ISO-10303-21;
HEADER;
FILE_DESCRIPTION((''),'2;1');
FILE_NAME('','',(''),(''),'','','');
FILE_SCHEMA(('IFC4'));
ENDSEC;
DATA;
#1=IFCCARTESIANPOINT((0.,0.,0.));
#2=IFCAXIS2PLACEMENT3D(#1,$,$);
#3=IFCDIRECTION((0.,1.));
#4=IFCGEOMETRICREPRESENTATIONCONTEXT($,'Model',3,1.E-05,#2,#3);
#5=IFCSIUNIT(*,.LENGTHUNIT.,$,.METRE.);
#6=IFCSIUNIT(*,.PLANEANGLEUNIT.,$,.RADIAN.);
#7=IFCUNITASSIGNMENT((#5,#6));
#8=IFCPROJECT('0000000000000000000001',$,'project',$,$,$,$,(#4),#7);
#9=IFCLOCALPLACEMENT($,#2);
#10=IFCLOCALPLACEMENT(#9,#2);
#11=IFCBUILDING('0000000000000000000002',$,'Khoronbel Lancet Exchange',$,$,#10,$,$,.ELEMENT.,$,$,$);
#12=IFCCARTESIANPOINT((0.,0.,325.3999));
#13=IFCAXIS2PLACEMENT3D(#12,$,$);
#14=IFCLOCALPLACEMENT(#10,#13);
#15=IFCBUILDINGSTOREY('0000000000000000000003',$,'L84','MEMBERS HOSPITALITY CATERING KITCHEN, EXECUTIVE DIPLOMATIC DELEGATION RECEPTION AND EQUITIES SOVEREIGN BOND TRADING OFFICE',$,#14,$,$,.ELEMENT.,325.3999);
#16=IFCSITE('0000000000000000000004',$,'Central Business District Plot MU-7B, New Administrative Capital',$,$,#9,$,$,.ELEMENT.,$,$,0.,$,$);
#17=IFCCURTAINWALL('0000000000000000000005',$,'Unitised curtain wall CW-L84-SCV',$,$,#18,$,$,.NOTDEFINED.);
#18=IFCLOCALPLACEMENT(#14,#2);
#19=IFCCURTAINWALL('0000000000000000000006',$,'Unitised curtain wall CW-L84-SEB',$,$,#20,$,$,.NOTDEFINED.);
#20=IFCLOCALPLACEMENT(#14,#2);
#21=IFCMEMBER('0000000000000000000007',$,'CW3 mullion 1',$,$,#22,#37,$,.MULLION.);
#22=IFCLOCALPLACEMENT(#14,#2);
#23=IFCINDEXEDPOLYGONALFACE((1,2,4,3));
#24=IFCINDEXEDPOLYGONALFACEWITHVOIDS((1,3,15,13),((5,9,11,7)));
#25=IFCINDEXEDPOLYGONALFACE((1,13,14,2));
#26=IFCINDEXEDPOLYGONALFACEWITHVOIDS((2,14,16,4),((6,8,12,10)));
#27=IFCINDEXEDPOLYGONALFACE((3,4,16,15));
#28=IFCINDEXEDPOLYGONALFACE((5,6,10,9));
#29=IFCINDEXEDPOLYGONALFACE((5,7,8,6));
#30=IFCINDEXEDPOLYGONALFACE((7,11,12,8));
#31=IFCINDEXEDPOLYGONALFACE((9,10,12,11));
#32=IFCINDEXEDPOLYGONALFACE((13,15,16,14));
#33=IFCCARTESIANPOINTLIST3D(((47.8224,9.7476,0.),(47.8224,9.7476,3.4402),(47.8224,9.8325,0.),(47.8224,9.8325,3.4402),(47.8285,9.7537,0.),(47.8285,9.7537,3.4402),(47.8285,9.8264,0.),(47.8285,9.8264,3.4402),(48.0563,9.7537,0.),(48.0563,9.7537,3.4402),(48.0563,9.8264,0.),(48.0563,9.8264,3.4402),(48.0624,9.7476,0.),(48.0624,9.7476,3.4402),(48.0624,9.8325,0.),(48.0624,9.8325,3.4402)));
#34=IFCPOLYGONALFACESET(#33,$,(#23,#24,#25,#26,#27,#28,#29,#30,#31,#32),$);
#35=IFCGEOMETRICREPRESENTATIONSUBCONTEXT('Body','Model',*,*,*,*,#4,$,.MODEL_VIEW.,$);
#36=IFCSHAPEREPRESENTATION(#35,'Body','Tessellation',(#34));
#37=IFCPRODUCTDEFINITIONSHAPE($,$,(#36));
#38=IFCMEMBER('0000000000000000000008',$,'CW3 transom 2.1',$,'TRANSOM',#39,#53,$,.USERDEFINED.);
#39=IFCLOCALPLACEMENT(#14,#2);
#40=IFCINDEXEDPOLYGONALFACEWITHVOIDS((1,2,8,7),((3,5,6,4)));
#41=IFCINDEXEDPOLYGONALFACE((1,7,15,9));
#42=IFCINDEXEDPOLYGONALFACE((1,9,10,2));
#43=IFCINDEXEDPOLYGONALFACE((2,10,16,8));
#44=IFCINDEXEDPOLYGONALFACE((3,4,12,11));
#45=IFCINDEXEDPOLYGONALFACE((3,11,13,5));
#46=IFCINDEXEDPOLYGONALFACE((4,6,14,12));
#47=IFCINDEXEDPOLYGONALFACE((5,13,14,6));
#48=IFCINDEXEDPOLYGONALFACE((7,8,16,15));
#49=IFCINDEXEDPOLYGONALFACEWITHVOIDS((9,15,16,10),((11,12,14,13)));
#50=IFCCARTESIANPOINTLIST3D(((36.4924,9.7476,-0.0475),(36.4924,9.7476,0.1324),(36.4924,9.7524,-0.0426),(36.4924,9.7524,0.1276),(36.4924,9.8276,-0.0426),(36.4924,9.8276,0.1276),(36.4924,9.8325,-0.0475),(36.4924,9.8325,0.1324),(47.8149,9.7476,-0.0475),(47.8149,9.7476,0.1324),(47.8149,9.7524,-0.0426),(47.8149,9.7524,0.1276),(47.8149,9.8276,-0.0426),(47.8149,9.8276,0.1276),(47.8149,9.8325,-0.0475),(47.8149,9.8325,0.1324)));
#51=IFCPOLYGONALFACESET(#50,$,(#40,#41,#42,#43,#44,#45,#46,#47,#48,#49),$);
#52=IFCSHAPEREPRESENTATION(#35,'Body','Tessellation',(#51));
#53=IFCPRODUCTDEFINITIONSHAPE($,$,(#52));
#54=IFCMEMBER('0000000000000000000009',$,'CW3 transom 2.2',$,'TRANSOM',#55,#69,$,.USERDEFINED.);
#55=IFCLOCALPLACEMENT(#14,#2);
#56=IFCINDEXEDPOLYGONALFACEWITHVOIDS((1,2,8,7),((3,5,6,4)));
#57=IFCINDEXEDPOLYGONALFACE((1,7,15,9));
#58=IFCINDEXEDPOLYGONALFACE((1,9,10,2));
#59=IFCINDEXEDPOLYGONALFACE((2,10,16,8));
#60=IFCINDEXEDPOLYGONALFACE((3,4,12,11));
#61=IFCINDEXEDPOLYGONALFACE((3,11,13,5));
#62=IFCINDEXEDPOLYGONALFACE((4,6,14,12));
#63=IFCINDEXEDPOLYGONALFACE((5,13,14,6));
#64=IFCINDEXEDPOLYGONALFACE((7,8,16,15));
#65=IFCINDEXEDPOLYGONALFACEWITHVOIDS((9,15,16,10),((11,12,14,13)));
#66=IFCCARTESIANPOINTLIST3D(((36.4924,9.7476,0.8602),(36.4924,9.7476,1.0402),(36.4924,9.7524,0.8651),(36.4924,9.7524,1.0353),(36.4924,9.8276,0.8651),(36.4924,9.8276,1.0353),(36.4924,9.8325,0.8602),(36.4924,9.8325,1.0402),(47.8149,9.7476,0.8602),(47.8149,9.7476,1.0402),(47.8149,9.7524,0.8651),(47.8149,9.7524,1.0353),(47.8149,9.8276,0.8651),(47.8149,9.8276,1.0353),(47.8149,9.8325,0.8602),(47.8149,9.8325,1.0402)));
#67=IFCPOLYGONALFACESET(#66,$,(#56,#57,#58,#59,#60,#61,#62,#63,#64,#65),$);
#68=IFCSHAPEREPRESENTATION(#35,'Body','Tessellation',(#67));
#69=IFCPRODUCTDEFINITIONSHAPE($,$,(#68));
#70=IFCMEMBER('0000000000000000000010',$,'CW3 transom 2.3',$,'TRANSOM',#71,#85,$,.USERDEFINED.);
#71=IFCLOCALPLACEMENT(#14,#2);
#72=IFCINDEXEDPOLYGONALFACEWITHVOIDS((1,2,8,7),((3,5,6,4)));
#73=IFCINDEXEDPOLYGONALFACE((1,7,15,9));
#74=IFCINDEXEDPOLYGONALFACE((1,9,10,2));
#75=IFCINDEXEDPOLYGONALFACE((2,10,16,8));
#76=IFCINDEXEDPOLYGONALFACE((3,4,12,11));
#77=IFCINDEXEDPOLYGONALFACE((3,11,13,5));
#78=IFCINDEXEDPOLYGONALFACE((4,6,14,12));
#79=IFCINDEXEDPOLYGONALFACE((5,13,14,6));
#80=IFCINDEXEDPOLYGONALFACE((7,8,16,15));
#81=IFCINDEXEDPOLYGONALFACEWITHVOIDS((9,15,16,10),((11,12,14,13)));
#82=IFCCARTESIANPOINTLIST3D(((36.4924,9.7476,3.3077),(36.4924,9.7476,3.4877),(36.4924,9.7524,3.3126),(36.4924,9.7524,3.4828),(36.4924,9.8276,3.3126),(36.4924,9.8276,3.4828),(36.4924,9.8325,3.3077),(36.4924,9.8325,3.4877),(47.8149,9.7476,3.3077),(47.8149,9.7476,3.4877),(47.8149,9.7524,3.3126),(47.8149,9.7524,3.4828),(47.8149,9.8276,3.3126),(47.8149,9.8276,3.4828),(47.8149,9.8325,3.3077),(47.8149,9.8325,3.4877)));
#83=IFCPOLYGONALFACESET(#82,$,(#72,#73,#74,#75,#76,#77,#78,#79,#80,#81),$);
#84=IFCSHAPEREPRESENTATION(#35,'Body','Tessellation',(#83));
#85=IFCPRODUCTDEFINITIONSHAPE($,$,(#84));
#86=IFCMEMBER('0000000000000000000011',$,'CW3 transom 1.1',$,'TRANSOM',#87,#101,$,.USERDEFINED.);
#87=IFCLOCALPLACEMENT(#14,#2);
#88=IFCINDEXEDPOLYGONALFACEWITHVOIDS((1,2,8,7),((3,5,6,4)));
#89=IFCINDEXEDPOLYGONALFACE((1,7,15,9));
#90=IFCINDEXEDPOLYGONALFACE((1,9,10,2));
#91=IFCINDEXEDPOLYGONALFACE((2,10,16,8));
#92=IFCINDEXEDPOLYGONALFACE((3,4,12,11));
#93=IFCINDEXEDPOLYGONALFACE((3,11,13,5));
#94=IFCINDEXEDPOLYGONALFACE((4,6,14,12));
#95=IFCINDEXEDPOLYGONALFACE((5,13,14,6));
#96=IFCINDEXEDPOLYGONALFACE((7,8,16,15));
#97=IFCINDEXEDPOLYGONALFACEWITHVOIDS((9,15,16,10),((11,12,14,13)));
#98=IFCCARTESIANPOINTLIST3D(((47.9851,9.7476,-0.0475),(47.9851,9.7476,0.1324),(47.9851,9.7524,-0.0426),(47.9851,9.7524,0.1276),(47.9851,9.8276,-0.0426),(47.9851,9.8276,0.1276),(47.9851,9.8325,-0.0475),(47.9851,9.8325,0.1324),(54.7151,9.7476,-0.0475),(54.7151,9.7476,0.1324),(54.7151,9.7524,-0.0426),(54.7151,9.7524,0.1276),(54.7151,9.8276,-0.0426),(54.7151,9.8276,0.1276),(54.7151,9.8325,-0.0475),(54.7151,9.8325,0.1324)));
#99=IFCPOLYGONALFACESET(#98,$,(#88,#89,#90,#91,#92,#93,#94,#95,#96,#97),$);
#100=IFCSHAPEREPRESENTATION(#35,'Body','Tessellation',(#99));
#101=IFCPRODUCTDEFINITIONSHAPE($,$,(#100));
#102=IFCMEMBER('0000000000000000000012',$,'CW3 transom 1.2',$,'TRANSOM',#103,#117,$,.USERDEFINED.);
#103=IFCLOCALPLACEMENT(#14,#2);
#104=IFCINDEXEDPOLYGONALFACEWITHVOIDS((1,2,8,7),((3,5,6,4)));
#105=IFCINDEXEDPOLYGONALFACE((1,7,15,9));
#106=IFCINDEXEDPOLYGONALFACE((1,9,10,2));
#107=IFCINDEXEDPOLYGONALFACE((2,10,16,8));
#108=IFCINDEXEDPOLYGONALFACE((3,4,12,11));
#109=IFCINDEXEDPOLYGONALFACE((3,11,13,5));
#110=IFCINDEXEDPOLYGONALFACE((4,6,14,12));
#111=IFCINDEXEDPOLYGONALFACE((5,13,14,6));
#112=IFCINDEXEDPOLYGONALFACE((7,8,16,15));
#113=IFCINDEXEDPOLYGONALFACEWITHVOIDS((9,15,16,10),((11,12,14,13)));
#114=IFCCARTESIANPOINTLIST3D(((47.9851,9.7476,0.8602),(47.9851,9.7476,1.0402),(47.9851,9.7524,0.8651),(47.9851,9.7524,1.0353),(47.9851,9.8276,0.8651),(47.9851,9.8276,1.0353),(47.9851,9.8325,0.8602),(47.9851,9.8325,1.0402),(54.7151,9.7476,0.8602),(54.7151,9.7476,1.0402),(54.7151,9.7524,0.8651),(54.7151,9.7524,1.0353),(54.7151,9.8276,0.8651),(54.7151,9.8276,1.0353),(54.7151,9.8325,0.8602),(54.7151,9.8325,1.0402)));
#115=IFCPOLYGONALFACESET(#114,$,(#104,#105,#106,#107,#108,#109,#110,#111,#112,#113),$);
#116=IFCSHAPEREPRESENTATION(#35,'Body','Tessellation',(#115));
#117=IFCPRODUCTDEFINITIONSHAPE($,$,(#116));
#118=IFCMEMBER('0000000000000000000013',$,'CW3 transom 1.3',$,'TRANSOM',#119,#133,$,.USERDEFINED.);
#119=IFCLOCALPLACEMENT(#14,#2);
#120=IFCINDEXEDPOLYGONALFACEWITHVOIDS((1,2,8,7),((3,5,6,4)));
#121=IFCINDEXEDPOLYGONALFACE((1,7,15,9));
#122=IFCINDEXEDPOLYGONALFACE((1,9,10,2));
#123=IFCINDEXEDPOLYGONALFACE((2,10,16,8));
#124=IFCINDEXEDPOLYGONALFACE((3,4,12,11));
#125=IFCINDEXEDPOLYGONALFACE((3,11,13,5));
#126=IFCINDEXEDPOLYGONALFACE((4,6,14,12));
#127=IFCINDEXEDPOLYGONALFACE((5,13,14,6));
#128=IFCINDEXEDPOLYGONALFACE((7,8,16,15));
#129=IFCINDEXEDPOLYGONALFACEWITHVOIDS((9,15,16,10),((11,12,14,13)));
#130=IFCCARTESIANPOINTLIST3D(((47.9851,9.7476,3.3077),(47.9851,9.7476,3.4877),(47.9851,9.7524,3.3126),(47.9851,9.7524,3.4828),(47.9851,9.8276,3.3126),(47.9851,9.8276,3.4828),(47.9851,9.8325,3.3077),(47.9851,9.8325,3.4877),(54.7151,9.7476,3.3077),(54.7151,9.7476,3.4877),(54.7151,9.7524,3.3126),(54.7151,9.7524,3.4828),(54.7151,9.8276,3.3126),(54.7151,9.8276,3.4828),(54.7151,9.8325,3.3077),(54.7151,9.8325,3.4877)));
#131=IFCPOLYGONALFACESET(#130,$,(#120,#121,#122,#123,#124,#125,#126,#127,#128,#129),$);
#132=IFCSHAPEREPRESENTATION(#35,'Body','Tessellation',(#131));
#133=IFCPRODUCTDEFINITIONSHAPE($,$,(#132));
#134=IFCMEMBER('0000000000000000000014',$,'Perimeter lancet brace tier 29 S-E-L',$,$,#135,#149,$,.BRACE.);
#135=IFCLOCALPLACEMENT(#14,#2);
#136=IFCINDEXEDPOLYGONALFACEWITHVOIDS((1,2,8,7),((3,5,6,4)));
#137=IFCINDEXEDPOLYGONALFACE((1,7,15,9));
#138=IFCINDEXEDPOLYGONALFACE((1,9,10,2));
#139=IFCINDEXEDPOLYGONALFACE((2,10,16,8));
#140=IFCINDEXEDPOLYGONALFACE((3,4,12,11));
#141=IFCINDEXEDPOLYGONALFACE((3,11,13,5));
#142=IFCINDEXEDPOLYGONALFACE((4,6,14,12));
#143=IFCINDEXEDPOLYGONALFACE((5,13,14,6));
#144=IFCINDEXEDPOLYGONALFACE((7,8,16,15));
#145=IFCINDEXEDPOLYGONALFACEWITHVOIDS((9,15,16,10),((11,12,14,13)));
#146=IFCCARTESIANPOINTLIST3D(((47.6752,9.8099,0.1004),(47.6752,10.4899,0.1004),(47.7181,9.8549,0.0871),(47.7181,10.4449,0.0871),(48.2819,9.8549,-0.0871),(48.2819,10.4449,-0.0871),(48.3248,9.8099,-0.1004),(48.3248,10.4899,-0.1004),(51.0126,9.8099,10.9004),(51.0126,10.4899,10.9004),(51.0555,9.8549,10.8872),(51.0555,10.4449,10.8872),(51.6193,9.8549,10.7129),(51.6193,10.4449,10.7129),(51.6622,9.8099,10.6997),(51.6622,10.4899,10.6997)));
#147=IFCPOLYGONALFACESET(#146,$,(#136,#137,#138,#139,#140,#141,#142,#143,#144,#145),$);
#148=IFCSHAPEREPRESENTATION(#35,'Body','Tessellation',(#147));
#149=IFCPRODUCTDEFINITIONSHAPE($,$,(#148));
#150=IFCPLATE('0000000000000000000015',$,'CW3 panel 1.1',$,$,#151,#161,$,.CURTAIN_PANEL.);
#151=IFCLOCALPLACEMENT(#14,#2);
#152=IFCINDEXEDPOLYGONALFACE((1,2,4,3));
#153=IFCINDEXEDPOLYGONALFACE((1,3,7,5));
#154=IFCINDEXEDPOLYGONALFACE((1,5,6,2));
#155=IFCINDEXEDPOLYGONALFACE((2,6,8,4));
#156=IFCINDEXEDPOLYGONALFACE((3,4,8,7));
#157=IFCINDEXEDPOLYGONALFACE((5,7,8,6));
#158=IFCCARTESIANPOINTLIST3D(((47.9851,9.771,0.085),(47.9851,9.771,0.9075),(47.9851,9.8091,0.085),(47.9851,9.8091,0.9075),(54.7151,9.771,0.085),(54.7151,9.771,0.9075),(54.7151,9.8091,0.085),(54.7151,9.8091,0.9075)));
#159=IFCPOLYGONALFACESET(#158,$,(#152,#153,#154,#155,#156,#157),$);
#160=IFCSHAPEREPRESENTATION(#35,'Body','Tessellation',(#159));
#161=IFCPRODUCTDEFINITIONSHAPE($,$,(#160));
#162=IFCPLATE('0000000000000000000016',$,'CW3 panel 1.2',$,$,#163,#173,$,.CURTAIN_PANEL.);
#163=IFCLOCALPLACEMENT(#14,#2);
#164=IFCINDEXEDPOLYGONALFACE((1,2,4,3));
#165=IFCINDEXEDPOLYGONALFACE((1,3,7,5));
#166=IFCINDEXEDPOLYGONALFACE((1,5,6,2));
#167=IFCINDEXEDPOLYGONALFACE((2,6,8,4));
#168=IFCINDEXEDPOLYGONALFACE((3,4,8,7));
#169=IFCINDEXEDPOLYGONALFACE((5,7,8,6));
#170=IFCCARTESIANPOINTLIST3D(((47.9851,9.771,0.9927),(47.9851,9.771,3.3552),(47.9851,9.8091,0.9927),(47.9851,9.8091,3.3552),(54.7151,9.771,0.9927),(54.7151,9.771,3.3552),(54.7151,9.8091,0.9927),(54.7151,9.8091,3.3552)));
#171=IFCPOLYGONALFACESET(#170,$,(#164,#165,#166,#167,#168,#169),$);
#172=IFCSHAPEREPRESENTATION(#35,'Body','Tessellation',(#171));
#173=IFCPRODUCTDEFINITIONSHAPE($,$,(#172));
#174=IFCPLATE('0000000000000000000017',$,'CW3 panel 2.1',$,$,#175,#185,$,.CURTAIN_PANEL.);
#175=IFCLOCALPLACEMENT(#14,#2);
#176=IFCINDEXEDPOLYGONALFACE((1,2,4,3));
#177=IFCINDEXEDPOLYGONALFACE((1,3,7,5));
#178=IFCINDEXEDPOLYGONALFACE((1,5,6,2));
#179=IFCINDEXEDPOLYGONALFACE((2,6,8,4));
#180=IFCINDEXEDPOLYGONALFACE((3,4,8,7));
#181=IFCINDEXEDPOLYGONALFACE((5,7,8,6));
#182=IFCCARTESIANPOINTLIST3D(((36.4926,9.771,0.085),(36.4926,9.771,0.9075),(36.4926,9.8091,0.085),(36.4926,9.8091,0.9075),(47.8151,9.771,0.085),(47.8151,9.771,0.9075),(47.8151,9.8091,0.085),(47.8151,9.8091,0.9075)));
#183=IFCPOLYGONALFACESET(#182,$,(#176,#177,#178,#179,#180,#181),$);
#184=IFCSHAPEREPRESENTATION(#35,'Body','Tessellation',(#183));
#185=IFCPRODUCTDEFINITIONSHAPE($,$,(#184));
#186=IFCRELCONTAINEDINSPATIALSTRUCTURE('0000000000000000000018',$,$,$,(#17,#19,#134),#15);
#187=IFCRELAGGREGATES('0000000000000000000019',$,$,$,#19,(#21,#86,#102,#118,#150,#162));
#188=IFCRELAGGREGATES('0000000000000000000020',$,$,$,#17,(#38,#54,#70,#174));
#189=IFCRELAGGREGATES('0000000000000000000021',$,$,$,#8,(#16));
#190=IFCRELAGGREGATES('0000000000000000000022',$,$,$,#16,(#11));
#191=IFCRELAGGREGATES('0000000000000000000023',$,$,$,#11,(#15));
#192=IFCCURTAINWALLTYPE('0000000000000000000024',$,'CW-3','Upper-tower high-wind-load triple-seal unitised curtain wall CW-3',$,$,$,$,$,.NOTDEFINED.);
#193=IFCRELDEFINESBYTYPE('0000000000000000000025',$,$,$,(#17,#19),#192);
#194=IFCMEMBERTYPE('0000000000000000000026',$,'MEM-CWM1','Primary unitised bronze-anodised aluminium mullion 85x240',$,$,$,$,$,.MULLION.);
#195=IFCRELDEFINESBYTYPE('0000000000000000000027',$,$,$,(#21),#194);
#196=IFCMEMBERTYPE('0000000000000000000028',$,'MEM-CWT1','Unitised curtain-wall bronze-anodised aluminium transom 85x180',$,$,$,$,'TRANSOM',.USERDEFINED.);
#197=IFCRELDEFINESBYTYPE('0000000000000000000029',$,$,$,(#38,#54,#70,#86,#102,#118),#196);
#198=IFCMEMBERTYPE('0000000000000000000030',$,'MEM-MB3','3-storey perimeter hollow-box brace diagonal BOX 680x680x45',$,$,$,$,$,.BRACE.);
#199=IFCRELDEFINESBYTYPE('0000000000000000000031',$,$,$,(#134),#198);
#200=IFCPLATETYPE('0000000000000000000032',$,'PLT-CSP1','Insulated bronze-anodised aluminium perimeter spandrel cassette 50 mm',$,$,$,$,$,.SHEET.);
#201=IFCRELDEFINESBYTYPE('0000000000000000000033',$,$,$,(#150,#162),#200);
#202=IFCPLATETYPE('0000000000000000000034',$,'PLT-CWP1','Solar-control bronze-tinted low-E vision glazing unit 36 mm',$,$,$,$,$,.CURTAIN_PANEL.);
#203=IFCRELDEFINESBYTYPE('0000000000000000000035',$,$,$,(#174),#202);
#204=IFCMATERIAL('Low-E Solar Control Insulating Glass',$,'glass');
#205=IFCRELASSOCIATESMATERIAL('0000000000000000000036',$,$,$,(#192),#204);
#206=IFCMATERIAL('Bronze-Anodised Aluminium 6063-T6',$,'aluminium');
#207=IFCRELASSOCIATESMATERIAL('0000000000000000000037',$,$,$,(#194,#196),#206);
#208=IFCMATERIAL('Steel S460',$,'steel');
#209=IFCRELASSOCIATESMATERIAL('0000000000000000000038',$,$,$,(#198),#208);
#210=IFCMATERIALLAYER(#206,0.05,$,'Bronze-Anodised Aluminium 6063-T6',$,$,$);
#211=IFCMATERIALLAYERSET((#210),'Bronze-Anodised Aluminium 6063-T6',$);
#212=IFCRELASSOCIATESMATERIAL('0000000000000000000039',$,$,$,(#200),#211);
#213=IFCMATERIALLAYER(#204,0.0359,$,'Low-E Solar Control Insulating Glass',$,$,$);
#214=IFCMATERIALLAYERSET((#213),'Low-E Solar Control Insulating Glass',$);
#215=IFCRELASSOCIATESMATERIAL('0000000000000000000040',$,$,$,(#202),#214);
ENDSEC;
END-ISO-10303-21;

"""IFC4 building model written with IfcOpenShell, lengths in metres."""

from ifc_helpers import new_model, si_unit, direction, frame, origin, origin_2d, place, context, subcontext, project, spatial, rectangle, hollow_rectangle, extrude, material, layer, layer_set, material_profile, profile_set, type_object, element, aggregate, save


model = new_model("IFC4")

# Units and contexts
model_context = context("Model", 3, precision=1e-05, world=origin(), true_north=direction((0.0, 1.0)))
body_context = subcontext(model_context, "Body", "Model", "MODEL_VIEW")
ifc_project = project(units=[si_unit("LENGTHUNIT", "METRE"), si_unit("PLANEANGLEUNIT", "RADIAN")], contexts=[model_context])

# Site, building, storey
site_placement = place(None, origin())
site = spatial("IfcSite", under=ifc_project, at=site_placement, Name="Central Business District Plot MU-7B, New Administrative Capital", CompositionType="ELEMENT", RefElevation=0.0)
building_placement = place(site_placement, origin())
building = spatial("IfcBuilding", under=site, at=building_placement, Name="Khoronbel Lancet Exchange", CompositionType="ELEMENT")
storey_placement = place(building_placement, frame((0.0, 0.0, 325.3999)))
storey = spatial("IfcBuildingStorey", under=building, at=storey_placement, Name="L84", Description="MEMBERS HOSPITALITY CATERING KITCHEN, EXECUTIVE DIPLOMATIC DELEGATION RECEPTION AND EQUITIES SOVEREIGN BOND TRADING OFFICE", CompositionType="ELEMENT", Elevation=325.3999)

# Shared definitions
ifc_material_1 = material(Name="Steel S460", Category="steel")

# Curtain wall
ifc_material_2 = material(Name="Low-E Solar Control Insulating Glass", Category="glass")
curtain_wall_type = type_object("IfcCurtainWallType", Name="CW-3", Description="Upper-tower high-wind-load triple-seal unitised curtain wall CW-3", PredefinedType="NOTDEFINED", material=ifc_material_2)
curtain_wall_1_placement = place(storey_placement, origin())
curtain_wall_1 = element("IfcCurtainWall", 1, at=curtain_wall_1_placement, inside=storey, type_object=curtain_wall_type, Name="Unitised curtain wall CW-L84-SCV", PredefinedType="NOTDEFINED")
ifc_material_3 = material(Name="Bronze-Anodised Aluminium 6063-T6", Category="aluminium")
ifc_material_profile_1 = material_profile(ifc_material_3, hollow_rectangle(XDim=0.085, YDim=0.24, WallThickness=0.0061, at=origin_2d()), Name="ALU MULLION 85x240")
ifc_profile_set_1 = profile_set([ifc_material_profile_1], Name="Bronze-Anodised Aluminium 6063-T6")
member_type_1 = type_object("IfcMemberType", Name="MEM-CWM1", Description="Primary unitised bronze-anodised aluminium mullion 85x240", PredefinedType="MULLION", material=ifc_profile_set_1)

# Curtain wall, member
curtain_wall_2_placement = place(storey_placement, origin())
curtain_wall_2 = element("IfcCurtainWall", 2, at=curtain_wall_2_placement, inside=storey, type_object=curtain_wall_type, Name="Unitised curtain wall CW-L84-SEB", PredefinedType="NOTDEFINED")
member_1_placement = place(storey_placement, frame((47.9424, 9.79, 0.0), z_axis=(0.0, 0.0, 1.0), x_axis=(0.0, 1.0, 0.0)))
member_1 = element("IfcMember", 3, at=member_1_placement, type_object=member_type_1, Name="CW3 mullion 1", PredefinedType="MULLION", context=body_context, shape_type="SweptSolid", body=[
    extrude(hollow_rectangle(XDim=0.085, YDim=0.24, WallThickness=0.0061, at=origin_2d()), origin(), (0.0, 0.0, 1.0), 3.4402),
])

# Members
ifc_material_profile_2 = material_profile(ifc_material_3, hollow_rectangle(XDim=0.085, YDim=0.1799, WallThickness=0.0049, at=origin_2d()), Name="ALU TRANSOM 85x180")
ifc_profile_set_2 = profile_set([ifc_material_profile_2], Name="Bronze-Anodised Aluminium 6063-T6")
member_type_2 = type_object("IfcMemberType", Name="MEM-CWT1", Description="Unitised curtain-wall bronze-anodised aluminium transom 85x180", ElementType="TRANSOM", PredefinedType="USERDEFINED", material=ifc_profile_set_2)
member_2_placement = place(storey_placement, frame((36.4924, 9.79, 0.0425), z_axis=(1.0, 0.0, 0.0), x_axis=(0.0, 1.0, 0.0)))
member_2 = element("IfcMember", 4, at=member_2_placement, type_object=member_type_2, Name="CW3 transom 2.1", ObjectType="TRANSOM", PredefinedType="USERDEFINED", context=body_context, shape_type="SweptSolid", body=[
    extrude(hollow_rectangle(XDim=0.085, YDim=0.1799, WallThickness=0.0049, at=origin_2d()), origin(), (0.0, 0.0, 1.0), 11.3225),
])
member_3_placement = place(storey_placement, frame((36.4924, 9.79, 0.9502), z_axis=(1.0, 0.0, 0.0), x_axis=(0.0, 1.0, 0.0)))
member_3 = element("IfcMember", 5, at=member_3_placement, type_object=member_type_2, Name="CW3 transom 2.2", ObjectType="TRANSOM", PredefinedType="USERDEFINED", context=body_context, shape_type="SweptSolid", body=[
    extrude(hollow_rectangle(XDim=0.085, YDim=0.1799, WallThickness=0.0049, at=origin_2d()), origin(), (0.0, 0.0, 1.0), 11.3225),
])
member_4_placement = place(storey_placement, frame((36.4924, 9.79, 3.3977), z_axis=(1.0, 0.0, 0.0), x_axis=(0.0, 1.0, 0.0)))
member_4 = element("IfcMember", 6, at=member_4_placement, type_object=member_type_2, Name="CW3 transom 2.3", ObjectType="TRANSOM", PredefinedType="USERDEFINED", context=body_context, shape_type="SweptSolid", body=[
    extrude(hollow_rectangle(XDim=0.085, YDim=0.1799, WallThickness=0.0049, at=origin_2d()), origin(), (0.0, 0.0, 1.0), 11.3225),
])
member_5_placement = place(storey_placement, frame((47.9851, 9.79, 0.0425), z_axis=(1.0, 0.0, 0.0), x_axis=(0.0, 1.0, 0.0)))
member_5 = element("IfcMember", 7, at=member_5_placement, type_object=member_type_2, Name="CW3 transom 1.1", ObjectType="TRANSOM", PredefinedType="USERDEFINED", context=body_context, shape_type="SweptSolid", body=[
    extrude(hollow_rectangle(XDim=0.085, YDim=0.1799, WallThickness=0.0049, at=origin_2d()), origin(), (0.0, 0.0, 1.0), 6.73),
])
member_6_placement = place(storey_placement, frame((47.9851, 9.79, 0.9502), z_axis=(1.0, 0.0, 0.0), x_axis=(0.0, 1.0, 0.0)))
member_6 = element("IfcMember", 8, at=member_6_placement, type_object=member_type_2, Name="CW3 transom 1.2", ObjectType="TRANSOM", PredefinedType="USERDEFINED", context=body_context, shape_type="SweptSolid", body=[
    extrude(hollow_rectangle(XDim=0.085, YDim=0.1799, WallThickness=0.0049, at=origin_2d()), origin(), (0.0, 0.0, 1.0), 6.73),
])
member_7_placement = place(storey_placement, frame((47.9851, 9.79, 3.3977), z_axis=(1.0, 0.0, 0.0), x_axis=(0.0, 1.0, 0.0)))
member_7 = element("IfcMember", 9, at=member_7_placement, type_object=member_type_2, Name="CW3 transom 1.3", ObjectType="TRANSOM", PredefinedType="USERDEFINED", context=body_context, shape_type="SweptSolid", body=[
    extrude(hollow_rectangle(XDim=0.085, YDim=0.1799, WallThickness=0.0049, at=origin_2d()), origin(), (0.0, 0.0, 1.0), 6.73),
])
ifc_material_profile_3 = material_profile(ifc_material_1, hollow_rectangle(XDim=0.6799, YDim=0.6799, WallThickness=0.0449, at=origin_2d()), Name="BOX 680x680x45")
ifc_profile_set_3 = profile_set([ifc_material_profile_3], Name="Steel S460")
member_type_3 = type_object("IfcMemberType", Name="MEM-MB3", Description="3-storey perimeter hollow-box brace diagonal BOX 680x680x45", PredefinedType="BRACE", material=ifc_profile_set_3)
member_8_placement = place(storey_placement, frame((48.0, 10.1499, 0.0), z_axis=(0.295242, 0.0, 0.955422), x_axis=(0.0, 1.0, 0.0)))
element("IfcMember", 10, at=member_8_placement, inside=storey, type_object=member_type_3, Name="Perimeter lancet brace tier 29 S-E-L", PredefinedType="BRACE", context=body_context, shape_type="SweptSolid", body=[
    extrude(hollow_rectangle(XDim=0.6799, YDim=0.6799, WallThickness=0.0449, at=origin_2d()), origin(), (0.0, 0.0, 1.0), 11.304),
])

# Plates
ifc_layer_1 = layer(ifc_material_3, 0.05, Name="Bronze-Anodised Aluminium 6063-T6")
ifc_layer_set_1 = layer_set([ifc_layer_1], Name="Bronze-Anodised Aluminium 6063-T6")
plate_type_1 = type_object("IfcPlateType", Name="PLT-CSP1", Description="Insulated bronze-anodised aluminium perimeter spandrel cassette 50 mm", PredefinedType="SHEET", material=ifc_layer_set_1)
plate_1_placement = place(storey_placement, frame((51.3501, 9.79, 0.085), z_axis=(0.0, 0.0, 1.0), x_axis=(1.0, 0.0, 0.0)))
plate_1 = element("IfcPlate", 11, at=plate_1_placement, type_object=plate_type_1, Name="CW3 panel 1.1", PredefinedType="CURTAIN_PANEL", context=body_context, shape_type="SweptSolid", body=[
    extrude(rectangle(XDim=6.73, YDim=0.0381, at=origin_2d()), origin(), (0.0, 0.0, 1.0), 0.8225),
])
plate_2_placement = place(storey_placement, frame((51.3501, 9.79, 0.9927), z_axis=(0.0, 0.0, 1.0), x_axis=(1.0, 0.0, 0.0)))
plate_2 = element("IfcPlate", 12, at=plate_2_placement, type_object=plate_type_1, Name="CW3 panel 1.2", PredefinedType="CURTAIN_PANEL", context=body_context, shape_type="SweptSolid", body=[
    extrude(rectangle(XDim=6.73, YDim=0.0381, at=origin_2d()), origin(), (0.0, 0.0, 1.0), 2.3625),
])
aggregate(curtain_wall_2, [member_1, member_5, member_6, member_7, plate_1, plate_2])
ifc_layer_2 = layer(ifc_material_2, 0.0359, Name="Low-E Solar Control Insulating Glass")
ifc_layer_set_2 = layer_set([ifc_layer_2], Name="Low-E Solar Control Insulating Glass")
plate_type_2 = type_object("IfcPlateType", Name="PLT-CWP1", Description="Solar-control bronze-tinted low-E vision glazing unit 36 mm", PredefinedType="CURTAIN_PANEL", material=ifc_layer_set_2)
plate_3_placement = place(storey_placement, frame((42.1538, 9.79, 0.085), z_axis=(0.0, 0.0, 1.0), x_axis=(1.0, 0.0, 0.0)))
plate_3 = element("IfcPlate", 13, at=plate_3_placement, type_object=plate_type_2, Name="CW3 panel 2.1", PredefinedType="CURTAIN_PANEL", context=body_context, shape_type="SweptSolid", body=[
    extrude(rectangle(XDim=11.3225, YDim=0.0381, at=origin_2d()), origin(), (0.0, 0.0, 1.0), 0.8225),
])
aggregate(curtain_wall_1, [member_2, member_3, member_4, plate_3])

save(model, "model.ifc")
